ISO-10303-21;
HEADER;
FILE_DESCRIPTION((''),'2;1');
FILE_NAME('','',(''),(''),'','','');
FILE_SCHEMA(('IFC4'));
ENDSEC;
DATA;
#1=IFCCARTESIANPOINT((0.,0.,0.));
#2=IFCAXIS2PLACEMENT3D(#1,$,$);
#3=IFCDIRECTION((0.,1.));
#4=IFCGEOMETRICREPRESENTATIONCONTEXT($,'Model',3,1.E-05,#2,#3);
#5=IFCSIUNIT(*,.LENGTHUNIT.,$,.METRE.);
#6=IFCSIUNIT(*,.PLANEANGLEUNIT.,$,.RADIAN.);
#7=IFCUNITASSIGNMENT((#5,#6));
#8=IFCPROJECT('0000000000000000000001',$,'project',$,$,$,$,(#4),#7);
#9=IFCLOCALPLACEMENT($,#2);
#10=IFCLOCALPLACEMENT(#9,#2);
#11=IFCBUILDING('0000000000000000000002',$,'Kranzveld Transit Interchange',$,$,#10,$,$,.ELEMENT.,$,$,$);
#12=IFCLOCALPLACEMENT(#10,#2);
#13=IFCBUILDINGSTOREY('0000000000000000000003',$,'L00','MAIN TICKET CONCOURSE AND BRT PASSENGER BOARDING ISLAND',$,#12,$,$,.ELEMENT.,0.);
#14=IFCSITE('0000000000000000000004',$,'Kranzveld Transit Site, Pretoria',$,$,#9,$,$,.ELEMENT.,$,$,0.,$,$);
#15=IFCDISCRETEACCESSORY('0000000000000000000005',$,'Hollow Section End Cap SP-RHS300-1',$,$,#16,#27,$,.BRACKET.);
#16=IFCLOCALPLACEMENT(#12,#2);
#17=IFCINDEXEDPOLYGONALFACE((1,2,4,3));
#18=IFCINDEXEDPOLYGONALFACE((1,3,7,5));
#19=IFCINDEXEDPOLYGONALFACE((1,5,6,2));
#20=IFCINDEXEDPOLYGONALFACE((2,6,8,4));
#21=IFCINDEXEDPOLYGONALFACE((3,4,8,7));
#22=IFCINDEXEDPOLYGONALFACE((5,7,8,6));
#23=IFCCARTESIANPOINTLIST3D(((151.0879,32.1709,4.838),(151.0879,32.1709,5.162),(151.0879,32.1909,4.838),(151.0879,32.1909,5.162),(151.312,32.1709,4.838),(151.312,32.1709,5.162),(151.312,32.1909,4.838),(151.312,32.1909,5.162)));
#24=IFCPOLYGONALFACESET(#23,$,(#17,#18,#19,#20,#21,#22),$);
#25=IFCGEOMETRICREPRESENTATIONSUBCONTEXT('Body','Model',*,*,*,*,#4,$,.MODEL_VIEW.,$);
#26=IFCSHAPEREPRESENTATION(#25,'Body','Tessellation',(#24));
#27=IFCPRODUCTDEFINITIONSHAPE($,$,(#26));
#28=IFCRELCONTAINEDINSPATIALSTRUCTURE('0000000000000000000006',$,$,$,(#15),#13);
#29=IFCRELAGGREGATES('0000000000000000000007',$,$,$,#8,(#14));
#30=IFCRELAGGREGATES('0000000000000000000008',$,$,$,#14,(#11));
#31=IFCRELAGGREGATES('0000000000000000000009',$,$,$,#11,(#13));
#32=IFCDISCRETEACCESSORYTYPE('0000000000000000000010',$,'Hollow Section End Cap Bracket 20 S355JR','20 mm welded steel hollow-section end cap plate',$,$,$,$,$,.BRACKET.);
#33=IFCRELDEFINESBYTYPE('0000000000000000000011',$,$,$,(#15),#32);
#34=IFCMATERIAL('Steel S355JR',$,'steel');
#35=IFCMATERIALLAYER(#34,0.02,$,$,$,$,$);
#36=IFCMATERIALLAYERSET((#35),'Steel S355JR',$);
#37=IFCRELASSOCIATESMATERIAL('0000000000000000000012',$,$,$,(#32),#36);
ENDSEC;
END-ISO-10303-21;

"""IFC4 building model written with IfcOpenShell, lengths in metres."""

from ifc_helpers import new_model, si_unit, direction, frame, origin, origin_2d, place, context, subcontext, project, spatial, rectangle, extrude, material, layer, layer_set, type_object, element, save


model = new_model("IFC4")

# Units and contexts
model_context = context("Model", 3, precision=1e-05, world=origin(), true_north=direction((0.0, 1.0)))
body_context = subcontext(model_context, "Body", "Model", "MODEL_VIEW")
ifc_project = project(units=[si_unit("LENGTHUNIT", "METRE"), si_unit("PLANEANGLEUNIT", "RADIAN")], contexts=[model_context])

# Site, building, storey
site_placement = place(None, origin())
site = spatial("IfcSite", under=ifc_project, at=site_placement, Name="Kranzveld Transit Site, Pretoria", CompositionType="ELEMENT", RefElevation=0.0)
building_placement = place(site_placement, origin())
building = spatial("IfcBuilding", under=site, at=building_placement, Name="Kranzveld Transit Interchange", CompositionType="ELEMENT")
storey_placement = place(building_placement, origin())
storey = spatial("IfcBuildingStorey", under=building, at=storey_placement, Name="L00", Description="MAIN TICKET CONCOURSE AND BRT PASSENGER BOARDING ISLAND", CompositionType="ELEMENT", Elevation=0.0)

# Discrete accessory
ifc_material_1 = material(Name="Steel S355JR", Category="steel")
ifc_layer_1 = layer(ifc_material_1, 0.02)
ifc_layer_set_1 = layer_set([ifc_layer_1], Name="Steel S355JR")
discrete_accessory_type = type_object("IfcDiscreteAccessoryType", Name="Hollow Section End Cap Bracket 20 S355JR", Description="20 mm welded steel hollow-section end cap plate", PredefinedType="BRACKET", material=ifc_layer_set_1)
for number, where, z_axis, x_axis, name in (
    (1, (151.2, 32.1909, 5.0), (0.0, -1.0, 0.0), (1.0, 0.0, 0.0), "Hollow Section End Cap SP-RHS300-1"),
):
    element("IfcDiscreteAccessory", number, at=place(storey_placement, frame(where, z_axis=z_axis, x_axis=x_axis)), inside=storey, type_object=discrete_accessory_type, Name=name, PredefinedType="BRACKET", context=body_context, shape_type="SweptSolid", body=[
        extrude(rectangle(XDim=0.2241, YDim=0.324, at=origin_2d()), origin(), (0.0, 0.0, 1.0), 0.02),
    ])

save(model, "model.ifc")
